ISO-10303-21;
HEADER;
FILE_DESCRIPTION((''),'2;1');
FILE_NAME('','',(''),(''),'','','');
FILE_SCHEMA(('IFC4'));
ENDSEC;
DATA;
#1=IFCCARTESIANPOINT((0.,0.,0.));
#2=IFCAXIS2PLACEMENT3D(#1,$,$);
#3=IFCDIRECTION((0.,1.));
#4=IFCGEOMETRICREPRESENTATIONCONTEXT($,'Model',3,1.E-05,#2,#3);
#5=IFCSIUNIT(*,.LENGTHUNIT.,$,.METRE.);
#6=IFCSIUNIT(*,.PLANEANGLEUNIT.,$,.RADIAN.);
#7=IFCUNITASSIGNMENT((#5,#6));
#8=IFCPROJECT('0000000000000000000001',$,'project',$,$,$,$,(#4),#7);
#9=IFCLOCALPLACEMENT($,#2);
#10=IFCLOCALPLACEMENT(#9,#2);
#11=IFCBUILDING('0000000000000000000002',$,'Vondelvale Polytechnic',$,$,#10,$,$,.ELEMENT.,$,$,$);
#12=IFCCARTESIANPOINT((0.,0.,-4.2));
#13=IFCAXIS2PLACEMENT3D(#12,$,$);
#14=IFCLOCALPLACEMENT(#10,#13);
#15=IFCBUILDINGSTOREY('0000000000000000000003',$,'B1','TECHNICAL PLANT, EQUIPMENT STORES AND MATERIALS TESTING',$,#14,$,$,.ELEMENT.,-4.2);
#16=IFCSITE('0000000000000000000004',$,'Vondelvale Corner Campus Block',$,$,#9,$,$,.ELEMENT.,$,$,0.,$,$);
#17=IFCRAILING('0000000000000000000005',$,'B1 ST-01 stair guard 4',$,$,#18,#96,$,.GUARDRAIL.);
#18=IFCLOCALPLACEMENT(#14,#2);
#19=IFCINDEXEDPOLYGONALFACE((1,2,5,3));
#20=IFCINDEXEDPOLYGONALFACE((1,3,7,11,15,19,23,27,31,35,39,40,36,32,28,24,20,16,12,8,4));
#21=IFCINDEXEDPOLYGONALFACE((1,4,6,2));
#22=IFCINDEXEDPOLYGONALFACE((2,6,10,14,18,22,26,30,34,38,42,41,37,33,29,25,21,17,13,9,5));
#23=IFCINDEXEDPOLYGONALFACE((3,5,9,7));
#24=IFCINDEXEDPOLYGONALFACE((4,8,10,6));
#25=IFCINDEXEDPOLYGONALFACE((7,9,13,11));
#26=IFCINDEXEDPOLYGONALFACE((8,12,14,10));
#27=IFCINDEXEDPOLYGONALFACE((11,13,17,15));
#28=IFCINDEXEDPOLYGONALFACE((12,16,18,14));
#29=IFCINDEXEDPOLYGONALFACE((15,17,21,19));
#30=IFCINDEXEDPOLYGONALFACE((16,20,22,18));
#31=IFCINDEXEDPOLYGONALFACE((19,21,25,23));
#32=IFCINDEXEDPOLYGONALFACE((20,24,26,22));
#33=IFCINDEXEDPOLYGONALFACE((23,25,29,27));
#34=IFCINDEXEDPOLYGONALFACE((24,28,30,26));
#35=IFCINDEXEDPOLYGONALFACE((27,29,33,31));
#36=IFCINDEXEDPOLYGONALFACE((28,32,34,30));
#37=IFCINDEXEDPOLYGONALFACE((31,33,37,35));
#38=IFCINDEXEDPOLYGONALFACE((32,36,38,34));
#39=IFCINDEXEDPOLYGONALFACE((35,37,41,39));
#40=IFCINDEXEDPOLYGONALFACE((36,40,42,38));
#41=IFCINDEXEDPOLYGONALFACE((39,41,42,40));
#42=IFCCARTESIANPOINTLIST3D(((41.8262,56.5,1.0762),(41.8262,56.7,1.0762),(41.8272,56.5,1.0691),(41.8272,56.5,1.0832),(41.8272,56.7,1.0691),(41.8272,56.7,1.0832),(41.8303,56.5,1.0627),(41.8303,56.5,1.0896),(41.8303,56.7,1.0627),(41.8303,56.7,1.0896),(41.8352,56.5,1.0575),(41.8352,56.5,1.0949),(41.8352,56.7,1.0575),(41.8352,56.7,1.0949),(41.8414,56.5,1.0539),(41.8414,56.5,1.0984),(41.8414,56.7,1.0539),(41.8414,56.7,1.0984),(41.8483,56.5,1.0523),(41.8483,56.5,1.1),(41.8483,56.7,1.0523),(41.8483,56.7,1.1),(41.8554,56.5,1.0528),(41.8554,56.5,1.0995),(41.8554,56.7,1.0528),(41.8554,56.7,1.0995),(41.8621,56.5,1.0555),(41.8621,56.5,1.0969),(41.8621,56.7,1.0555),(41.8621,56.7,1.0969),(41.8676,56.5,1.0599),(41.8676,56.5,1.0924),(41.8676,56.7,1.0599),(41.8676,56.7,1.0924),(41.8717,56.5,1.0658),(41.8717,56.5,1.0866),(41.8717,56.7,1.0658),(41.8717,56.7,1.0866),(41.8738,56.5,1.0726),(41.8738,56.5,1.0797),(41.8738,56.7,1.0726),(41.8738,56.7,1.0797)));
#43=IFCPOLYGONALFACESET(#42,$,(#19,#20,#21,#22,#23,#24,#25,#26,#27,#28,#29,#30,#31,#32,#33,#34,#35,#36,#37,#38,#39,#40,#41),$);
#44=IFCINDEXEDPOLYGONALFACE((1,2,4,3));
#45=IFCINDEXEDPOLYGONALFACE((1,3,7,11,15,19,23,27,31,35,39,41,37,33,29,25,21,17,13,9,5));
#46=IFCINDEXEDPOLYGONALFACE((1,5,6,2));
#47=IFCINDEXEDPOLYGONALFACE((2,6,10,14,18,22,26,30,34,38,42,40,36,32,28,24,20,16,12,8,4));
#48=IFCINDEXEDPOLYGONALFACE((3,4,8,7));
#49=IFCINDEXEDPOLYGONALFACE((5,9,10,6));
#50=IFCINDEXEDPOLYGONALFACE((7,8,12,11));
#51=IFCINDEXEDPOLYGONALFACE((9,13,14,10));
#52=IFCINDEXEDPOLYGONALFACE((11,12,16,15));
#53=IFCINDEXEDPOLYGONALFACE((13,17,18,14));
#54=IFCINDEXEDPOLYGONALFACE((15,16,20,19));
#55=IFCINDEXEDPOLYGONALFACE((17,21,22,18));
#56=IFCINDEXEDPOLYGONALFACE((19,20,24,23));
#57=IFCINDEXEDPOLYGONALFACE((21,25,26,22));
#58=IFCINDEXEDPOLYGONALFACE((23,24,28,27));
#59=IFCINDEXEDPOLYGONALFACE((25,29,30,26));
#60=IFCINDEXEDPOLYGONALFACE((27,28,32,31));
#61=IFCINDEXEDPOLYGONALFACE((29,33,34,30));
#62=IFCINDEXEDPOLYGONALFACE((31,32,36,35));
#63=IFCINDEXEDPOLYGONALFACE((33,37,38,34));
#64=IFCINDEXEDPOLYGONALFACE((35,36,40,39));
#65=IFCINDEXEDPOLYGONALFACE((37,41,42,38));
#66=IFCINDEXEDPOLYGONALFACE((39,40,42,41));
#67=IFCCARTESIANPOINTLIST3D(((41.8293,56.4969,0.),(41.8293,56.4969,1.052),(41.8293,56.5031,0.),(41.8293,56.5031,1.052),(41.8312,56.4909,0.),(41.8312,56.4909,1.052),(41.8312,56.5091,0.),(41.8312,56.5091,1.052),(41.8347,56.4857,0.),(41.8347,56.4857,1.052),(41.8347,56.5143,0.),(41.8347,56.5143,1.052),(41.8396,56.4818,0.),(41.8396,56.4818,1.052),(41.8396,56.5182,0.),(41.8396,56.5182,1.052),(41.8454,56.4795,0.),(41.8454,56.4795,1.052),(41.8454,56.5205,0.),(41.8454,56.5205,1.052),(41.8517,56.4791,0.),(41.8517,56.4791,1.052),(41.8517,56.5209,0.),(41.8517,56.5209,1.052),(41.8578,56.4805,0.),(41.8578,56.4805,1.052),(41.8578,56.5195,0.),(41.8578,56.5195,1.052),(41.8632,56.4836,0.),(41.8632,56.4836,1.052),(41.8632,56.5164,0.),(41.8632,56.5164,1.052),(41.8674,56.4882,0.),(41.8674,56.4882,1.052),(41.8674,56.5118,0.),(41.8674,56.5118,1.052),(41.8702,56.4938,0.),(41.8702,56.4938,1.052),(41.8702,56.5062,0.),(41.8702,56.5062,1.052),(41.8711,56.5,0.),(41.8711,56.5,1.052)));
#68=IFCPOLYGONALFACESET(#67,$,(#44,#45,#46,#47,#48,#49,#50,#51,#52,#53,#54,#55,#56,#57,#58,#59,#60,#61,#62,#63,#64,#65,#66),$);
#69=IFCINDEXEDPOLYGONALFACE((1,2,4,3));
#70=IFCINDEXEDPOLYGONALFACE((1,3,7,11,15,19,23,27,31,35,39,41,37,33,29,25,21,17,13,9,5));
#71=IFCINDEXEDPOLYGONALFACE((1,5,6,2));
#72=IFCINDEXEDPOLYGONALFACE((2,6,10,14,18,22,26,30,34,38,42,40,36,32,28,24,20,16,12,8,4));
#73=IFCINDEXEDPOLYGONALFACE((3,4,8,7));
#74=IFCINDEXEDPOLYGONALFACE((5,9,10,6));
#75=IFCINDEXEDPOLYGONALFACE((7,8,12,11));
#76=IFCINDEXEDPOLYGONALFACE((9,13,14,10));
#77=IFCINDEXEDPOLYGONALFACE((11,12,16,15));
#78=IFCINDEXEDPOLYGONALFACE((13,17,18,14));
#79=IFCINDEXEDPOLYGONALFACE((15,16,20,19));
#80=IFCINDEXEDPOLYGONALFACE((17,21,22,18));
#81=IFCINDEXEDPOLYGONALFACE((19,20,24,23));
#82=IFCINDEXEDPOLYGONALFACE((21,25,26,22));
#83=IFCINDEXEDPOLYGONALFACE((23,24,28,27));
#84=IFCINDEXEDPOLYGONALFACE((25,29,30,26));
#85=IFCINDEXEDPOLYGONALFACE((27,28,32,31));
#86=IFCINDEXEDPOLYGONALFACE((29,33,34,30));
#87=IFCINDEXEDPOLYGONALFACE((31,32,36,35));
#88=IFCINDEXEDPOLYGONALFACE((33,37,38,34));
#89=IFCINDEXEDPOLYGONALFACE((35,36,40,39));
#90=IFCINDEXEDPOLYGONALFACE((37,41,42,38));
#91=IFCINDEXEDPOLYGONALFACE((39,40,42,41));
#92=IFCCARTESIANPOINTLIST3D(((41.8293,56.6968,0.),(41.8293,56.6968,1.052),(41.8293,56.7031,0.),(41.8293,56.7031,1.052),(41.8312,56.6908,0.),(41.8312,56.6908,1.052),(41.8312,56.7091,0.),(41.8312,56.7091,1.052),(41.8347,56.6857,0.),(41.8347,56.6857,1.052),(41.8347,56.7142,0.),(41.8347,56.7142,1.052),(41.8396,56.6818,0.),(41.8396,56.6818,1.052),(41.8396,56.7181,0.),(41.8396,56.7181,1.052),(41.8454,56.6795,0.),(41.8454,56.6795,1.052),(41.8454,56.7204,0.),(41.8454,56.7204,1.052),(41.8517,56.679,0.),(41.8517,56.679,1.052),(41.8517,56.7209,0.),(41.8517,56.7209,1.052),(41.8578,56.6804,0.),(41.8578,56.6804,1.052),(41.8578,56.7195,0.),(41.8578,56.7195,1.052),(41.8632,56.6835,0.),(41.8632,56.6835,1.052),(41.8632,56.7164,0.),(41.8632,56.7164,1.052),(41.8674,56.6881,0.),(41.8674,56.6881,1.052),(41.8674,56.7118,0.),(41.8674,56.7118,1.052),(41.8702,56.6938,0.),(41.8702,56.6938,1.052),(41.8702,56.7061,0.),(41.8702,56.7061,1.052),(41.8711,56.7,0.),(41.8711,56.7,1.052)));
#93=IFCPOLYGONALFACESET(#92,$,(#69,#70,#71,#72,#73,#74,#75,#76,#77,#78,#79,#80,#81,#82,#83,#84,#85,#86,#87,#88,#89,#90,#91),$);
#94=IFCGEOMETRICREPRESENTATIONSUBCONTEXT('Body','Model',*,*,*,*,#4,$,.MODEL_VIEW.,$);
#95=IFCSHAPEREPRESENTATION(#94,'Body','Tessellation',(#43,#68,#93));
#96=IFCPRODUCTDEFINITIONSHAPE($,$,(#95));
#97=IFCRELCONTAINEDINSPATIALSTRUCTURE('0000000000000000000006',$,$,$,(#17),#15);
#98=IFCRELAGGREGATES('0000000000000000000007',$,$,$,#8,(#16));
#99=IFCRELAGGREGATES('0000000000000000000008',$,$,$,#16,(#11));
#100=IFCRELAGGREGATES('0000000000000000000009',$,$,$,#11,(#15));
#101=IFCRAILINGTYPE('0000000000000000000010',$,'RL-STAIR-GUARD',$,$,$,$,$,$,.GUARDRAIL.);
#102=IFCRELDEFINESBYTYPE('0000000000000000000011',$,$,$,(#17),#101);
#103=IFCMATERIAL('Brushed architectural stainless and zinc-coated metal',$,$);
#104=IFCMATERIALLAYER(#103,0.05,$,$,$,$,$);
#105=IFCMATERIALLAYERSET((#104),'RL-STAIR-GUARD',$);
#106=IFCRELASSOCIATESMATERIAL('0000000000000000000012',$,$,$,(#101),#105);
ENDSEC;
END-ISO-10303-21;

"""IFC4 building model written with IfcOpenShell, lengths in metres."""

from ifc_helpers import new_model, si_unit, direction, frame, origin, origin_2d, place, context, subcontext, project, spatial, circle, extrude, material, layer, layer_set, type_object, element, save


model = new_model("IFC4")

# Units and contexts
model_context = context("Model", 3, precision=1e-05, world=origin(), true_north=direction((0.0, 1.0)))
body_context = subcontext(model_context, "Body", "Model", "MODEL_VIEW")
ifc_project = project(units=[si_unit("LENGTHUNIT", "METRE"), si_unit("PLANEANGLEUNIT", "RADIAN")], contexts=[model_context])

# Site, building, storey
site_placement = place(None, origin())
site = spatial("IfcSite", under=ifc_project, at=site_placement, Name="Vondelvale Corner Campus Block", CompositionType="ELEMENT", RefElevation=0.0)
building_placement = place(site_placement, origin())
building = spatial("IfcBuilding", under=site, at=building_placement, Name="Vondelvale Polytechnic", CompositionType="ELEMENT")
storey_placement = place(building_placement, frame((0.0, 0.0, -4.2)))
storey = spatial("IfcBuildingStorey", under=building, at=storey_placement, Name="B1", Description="TECHNICAL PLANT, EQUIPMENT STORES AND MATERIALS TESTING", CompositionType="ELEMENT", Elevation=-4.2)

# Shared definitions
ifc_material_1 = material(Name="Brushed architectural stainless and zinc-coated metal")

# Railing
ifc_layer_1 = layer(ifc_material_1, 0.05)
ifc_layer_set_1 = layer_set([ifc_layer_1], Name="RL-STAIR-GUARD")
railing_type_1 = type_object("IfcRailingType", Name="RL-STAIR-GUARD", PredefinedType="GUARDRAIL", material=ifc_layer_set_1)
railing_1_placement = place(storey_placement, frame((41.8501, 56.5, 0.0)))
element("IfcRailing", 1, at=railing_1_placement, inside=storey, type_object=railing_type_1, Name="B1 ST-01 stair guard 4", PredefinedType="GUARDRAIL", context=body_context, shape_type="SweptSolid", body=[
    extrude(circle(Radius=0.0239, at=origin_2d()), frame((0.0, 0.0, 1.0762), z_axis=(0.0, 1.0, 0.0), x_axis=(-1.0, 0.0, 0.0)), (0.0, 0.0, 1.0), 0.2),
    extrude(circle(Radius=0.021, at=origin_2d()), origin(), (0.0, 0.0, 1.0), 1.052),
    extrude(circle(Radius=0.021, at=origin_2d()), frame((0.0, 0.2, 0.0)), (0.0, 0.0, 1.0), 1.052),
])

save(model, "model.ifc")
